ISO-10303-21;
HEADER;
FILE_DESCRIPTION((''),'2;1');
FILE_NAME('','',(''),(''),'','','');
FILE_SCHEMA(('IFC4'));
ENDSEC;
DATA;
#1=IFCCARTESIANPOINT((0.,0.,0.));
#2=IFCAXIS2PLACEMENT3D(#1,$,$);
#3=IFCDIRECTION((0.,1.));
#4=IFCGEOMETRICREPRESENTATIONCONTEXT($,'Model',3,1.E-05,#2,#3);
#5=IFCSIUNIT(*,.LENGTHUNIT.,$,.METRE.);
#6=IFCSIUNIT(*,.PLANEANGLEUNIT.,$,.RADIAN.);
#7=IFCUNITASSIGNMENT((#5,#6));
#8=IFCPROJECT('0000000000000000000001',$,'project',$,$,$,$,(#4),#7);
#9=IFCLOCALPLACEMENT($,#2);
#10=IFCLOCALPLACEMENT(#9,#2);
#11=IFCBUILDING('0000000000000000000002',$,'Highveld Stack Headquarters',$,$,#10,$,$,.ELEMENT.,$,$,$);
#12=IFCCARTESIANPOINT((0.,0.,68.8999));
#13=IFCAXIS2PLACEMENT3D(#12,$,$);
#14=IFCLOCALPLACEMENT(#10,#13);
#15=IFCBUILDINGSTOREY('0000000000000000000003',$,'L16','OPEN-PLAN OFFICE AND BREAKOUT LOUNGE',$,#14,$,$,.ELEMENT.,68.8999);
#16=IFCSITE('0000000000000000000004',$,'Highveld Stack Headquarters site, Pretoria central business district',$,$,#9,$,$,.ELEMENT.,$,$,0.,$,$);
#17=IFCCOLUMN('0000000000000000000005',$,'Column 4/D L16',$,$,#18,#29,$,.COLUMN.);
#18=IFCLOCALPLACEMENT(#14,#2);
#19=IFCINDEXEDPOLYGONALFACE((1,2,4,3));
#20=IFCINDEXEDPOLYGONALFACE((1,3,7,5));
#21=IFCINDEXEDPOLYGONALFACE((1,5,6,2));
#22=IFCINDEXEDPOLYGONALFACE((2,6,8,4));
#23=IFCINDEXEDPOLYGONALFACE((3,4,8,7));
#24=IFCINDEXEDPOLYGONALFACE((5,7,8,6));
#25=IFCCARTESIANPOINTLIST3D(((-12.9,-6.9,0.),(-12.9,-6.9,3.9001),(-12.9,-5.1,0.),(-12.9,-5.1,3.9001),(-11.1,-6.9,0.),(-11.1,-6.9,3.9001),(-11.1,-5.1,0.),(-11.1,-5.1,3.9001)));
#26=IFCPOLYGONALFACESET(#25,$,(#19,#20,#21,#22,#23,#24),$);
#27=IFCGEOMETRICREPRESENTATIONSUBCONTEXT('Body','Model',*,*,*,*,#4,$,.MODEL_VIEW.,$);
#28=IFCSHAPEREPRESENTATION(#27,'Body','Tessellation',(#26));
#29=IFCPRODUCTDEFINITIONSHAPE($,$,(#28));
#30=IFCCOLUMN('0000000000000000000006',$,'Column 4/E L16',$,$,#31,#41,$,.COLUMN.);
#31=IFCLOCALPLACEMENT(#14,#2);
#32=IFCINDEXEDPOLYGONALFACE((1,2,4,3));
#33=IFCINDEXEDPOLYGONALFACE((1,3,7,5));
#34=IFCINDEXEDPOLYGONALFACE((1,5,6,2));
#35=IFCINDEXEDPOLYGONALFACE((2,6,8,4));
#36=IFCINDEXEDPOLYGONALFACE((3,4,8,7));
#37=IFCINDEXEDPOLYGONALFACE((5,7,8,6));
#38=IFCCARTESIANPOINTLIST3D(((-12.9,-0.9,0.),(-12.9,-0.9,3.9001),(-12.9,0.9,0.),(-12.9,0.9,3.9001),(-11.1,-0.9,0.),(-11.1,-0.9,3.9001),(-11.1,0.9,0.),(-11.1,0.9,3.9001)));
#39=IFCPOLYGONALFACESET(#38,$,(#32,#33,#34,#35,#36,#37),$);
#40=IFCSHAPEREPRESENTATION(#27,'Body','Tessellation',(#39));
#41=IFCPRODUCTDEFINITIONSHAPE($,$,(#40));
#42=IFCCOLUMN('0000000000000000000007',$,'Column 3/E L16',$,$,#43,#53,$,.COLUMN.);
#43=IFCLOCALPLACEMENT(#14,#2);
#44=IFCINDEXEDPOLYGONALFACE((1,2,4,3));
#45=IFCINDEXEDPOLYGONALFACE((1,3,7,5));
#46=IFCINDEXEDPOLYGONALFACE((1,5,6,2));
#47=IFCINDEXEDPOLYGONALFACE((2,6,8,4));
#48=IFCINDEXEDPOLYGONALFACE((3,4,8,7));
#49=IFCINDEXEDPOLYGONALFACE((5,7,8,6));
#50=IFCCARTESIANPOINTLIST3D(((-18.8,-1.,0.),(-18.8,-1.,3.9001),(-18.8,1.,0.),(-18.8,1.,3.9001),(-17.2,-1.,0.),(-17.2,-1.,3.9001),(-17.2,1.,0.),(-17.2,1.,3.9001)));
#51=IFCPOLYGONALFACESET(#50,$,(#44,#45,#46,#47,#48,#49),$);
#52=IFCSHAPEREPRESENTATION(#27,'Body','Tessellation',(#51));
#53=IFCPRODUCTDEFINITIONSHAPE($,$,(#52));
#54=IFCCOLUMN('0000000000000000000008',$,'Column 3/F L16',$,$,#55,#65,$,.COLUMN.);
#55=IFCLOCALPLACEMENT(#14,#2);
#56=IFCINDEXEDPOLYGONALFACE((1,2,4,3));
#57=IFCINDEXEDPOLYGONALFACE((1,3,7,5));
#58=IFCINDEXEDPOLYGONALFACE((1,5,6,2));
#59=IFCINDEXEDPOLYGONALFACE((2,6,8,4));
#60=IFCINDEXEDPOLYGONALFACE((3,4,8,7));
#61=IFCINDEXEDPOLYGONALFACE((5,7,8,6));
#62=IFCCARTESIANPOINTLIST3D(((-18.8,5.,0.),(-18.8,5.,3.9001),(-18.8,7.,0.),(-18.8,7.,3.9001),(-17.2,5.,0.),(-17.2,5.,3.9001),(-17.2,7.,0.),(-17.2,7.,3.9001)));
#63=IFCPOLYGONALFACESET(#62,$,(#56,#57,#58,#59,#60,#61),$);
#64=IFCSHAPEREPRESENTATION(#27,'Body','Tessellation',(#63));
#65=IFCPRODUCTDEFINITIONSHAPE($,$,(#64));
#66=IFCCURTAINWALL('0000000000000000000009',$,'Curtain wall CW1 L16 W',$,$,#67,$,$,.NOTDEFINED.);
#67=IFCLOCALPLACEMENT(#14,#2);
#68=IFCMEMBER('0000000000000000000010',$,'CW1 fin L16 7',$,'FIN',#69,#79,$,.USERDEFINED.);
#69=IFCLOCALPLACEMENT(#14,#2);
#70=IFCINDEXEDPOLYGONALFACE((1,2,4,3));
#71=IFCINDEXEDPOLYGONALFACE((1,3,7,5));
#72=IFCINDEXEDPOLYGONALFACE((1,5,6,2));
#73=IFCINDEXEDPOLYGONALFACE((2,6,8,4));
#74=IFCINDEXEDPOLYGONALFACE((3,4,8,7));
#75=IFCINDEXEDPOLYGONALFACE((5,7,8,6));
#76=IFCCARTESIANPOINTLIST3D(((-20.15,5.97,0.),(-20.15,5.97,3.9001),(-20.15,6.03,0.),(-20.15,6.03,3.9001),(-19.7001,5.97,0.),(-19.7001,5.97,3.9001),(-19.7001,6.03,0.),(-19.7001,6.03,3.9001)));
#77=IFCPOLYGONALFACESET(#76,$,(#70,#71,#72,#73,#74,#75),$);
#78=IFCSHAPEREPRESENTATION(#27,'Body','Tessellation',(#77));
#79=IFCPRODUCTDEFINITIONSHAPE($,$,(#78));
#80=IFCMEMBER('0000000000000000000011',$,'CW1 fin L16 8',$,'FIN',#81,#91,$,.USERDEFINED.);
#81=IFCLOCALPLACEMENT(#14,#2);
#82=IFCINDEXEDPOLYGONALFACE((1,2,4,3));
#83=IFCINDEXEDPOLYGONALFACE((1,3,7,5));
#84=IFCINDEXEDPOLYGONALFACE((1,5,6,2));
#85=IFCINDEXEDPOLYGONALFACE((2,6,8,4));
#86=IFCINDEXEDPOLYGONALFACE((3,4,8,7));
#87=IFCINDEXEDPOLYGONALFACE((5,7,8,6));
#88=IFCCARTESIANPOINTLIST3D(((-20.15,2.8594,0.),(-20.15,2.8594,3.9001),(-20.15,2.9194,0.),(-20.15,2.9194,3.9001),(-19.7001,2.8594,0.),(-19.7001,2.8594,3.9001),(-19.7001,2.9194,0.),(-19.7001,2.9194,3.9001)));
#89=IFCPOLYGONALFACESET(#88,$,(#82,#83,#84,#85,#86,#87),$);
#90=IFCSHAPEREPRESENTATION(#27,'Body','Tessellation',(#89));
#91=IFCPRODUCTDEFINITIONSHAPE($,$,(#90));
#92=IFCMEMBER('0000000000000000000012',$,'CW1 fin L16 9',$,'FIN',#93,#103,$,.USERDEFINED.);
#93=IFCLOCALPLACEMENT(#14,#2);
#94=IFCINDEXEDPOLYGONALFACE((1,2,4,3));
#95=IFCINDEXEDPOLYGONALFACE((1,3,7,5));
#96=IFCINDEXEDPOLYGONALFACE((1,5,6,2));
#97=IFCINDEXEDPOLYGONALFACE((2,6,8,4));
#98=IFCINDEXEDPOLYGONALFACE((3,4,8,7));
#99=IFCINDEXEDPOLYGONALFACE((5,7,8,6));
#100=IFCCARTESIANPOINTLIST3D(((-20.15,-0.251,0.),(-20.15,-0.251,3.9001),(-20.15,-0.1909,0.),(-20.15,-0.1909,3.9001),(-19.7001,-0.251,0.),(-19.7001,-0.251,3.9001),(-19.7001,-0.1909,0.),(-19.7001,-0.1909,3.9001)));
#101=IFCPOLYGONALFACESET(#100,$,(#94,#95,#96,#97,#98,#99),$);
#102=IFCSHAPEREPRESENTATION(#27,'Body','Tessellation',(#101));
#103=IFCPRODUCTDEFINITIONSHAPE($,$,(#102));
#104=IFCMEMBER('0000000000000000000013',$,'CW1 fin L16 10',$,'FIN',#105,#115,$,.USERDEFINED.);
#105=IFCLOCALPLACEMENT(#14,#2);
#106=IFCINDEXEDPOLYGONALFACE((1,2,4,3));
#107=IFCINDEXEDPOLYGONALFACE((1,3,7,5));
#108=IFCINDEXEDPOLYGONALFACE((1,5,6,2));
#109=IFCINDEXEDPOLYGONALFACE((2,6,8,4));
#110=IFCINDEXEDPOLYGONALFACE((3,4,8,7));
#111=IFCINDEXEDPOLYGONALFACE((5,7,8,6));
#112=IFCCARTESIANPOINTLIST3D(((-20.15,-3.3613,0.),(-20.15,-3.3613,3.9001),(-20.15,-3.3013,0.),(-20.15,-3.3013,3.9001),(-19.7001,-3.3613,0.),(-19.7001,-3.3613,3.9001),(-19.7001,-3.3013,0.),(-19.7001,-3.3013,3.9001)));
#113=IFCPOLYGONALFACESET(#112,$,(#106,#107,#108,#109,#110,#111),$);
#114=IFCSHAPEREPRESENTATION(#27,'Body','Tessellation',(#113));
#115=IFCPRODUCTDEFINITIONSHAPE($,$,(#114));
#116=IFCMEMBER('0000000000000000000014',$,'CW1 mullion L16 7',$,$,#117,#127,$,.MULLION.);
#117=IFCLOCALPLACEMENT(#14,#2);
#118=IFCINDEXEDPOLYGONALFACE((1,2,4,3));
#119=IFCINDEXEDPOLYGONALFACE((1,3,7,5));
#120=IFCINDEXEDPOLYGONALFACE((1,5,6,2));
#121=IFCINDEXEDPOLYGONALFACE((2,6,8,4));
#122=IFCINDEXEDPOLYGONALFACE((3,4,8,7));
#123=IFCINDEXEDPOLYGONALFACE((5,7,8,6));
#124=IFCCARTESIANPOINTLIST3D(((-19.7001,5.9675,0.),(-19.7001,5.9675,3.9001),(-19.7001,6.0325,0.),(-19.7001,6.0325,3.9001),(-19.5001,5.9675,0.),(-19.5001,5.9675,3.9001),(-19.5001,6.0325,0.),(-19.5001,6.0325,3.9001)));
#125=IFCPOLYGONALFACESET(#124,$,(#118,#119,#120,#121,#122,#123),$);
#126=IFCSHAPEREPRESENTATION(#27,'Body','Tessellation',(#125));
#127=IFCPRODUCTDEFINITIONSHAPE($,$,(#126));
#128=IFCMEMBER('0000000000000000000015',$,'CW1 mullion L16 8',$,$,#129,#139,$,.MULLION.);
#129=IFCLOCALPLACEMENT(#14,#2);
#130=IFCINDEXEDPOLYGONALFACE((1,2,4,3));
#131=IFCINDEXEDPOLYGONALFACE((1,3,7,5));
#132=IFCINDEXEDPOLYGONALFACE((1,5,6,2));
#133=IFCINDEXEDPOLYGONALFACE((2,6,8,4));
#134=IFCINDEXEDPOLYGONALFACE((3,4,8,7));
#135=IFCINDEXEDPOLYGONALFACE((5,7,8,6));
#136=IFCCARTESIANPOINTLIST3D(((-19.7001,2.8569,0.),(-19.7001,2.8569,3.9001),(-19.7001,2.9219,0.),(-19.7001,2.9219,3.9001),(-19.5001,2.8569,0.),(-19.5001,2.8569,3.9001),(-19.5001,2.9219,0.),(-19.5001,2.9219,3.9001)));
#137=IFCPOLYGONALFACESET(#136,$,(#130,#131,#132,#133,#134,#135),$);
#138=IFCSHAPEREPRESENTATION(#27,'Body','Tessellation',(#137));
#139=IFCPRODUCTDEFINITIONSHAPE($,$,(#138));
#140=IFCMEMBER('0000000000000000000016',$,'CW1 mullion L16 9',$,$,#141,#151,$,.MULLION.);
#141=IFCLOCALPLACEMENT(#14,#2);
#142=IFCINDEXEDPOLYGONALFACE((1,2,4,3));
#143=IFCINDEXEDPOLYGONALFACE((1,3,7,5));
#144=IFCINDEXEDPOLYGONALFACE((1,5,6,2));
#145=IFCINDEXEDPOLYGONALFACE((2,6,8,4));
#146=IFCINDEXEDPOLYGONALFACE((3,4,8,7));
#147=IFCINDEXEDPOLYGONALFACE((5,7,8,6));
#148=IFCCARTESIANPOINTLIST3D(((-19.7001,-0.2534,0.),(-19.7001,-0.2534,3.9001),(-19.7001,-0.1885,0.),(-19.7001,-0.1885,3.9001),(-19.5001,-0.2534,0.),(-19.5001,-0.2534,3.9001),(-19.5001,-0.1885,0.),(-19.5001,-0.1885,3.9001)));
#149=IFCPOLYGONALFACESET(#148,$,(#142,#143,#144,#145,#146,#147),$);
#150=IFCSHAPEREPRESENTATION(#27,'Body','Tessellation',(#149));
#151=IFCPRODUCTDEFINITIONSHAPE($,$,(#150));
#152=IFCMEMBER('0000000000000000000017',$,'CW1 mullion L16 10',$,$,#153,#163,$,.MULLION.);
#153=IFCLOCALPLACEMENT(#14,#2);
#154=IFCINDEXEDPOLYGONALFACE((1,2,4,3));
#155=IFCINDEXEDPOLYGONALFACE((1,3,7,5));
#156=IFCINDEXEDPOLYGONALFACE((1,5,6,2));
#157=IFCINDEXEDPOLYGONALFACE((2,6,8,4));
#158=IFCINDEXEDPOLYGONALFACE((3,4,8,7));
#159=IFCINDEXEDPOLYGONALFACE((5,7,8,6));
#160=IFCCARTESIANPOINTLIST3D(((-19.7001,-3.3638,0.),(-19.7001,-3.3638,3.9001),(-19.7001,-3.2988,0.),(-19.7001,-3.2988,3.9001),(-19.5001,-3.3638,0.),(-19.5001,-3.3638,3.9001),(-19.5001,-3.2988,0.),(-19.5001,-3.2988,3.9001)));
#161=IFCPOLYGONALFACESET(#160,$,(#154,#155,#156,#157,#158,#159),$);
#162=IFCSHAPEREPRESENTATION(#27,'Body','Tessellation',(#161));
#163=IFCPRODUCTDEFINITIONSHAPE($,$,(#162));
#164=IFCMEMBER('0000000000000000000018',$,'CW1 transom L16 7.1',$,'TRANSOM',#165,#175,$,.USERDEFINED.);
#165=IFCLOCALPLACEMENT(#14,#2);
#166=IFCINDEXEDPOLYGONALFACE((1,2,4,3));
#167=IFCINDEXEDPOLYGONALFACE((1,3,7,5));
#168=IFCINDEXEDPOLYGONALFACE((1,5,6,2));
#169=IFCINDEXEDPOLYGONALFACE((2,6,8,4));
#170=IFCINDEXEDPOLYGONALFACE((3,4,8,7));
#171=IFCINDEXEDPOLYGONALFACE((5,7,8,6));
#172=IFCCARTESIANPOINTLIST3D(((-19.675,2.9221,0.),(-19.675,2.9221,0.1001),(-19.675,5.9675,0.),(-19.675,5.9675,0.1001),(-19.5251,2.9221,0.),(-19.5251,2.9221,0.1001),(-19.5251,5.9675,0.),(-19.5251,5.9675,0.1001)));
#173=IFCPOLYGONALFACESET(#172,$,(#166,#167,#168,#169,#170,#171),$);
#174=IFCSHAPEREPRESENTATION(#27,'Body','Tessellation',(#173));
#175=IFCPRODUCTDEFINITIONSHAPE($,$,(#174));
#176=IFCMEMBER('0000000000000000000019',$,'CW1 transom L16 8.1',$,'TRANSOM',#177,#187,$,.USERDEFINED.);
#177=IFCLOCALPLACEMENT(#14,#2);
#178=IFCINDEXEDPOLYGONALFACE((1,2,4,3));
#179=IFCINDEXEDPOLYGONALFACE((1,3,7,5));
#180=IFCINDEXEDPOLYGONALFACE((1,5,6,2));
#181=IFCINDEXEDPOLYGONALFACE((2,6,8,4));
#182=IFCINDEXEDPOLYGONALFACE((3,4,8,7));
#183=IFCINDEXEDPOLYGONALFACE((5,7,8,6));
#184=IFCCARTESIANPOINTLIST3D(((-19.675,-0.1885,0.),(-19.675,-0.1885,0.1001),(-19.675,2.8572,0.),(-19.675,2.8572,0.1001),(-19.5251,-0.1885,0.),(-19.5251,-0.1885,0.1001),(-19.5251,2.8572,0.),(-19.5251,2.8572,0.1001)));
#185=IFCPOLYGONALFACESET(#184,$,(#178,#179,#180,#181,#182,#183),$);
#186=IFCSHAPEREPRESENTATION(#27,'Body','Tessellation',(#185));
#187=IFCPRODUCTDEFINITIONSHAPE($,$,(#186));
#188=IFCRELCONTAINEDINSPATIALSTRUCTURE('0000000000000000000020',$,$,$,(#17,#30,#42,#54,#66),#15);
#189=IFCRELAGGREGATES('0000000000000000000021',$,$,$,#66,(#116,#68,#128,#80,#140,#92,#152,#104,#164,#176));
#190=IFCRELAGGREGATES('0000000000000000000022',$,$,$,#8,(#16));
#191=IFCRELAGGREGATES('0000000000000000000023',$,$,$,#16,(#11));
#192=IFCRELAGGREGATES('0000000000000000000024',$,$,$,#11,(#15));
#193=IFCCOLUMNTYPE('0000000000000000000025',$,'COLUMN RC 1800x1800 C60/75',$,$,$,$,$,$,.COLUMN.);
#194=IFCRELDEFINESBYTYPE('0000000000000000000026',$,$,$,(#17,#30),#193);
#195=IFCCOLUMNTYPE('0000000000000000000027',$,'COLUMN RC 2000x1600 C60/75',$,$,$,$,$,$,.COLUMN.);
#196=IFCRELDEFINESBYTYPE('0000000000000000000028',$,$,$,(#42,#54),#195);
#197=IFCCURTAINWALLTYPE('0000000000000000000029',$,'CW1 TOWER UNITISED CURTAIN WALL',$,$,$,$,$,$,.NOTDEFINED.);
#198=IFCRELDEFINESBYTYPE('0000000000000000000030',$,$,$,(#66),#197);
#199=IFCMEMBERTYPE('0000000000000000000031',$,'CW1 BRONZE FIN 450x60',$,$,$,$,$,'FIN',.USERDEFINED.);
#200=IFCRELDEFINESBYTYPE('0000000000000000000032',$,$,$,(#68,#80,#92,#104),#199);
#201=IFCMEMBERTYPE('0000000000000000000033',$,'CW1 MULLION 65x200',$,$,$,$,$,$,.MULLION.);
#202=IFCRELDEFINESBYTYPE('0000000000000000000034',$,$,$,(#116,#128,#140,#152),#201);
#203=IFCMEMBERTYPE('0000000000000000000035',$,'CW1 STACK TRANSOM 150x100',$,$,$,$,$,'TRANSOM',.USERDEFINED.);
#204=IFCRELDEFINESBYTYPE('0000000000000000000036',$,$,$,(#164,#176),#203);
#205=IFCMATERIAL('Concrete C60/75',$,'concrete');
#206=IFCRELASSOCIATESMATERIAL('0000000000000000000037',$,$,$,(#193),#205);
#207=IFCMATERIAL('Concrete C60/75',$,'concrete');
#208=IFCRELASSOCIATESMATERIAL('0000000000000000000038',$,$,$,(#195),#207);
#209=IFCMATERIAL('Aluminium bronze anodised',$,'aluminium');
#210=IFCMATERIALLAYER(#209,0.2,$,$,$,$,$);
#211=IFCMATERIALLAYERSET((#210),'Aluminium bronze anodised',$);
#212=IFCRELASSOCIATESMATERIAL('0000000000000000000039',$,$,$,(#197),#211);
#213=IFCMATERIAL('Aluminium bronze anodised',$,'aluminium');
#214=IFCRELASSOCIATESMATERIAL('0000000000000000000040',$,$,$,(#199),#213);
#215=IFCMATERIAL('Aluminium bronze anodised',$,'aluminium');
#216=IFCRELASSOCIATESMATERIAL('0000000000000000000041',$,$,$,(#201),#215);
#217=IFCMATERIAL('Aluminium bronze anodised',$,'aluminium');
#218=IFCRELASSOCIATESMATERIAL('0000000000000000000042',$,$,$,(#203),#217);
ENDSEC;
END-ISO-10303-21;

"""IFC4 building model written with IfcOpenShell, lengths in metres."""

from ifc_helpers import new_model, si_unit, direction, frame, origin, origin_2d, place, context, subcontext, project, spatial, rectangle, extrude, material, layer, layer_set, material_profile, profile_set, type_object, element, aggregate, save


model = new_model("IFC4")

# Units and contexts
model_context = context("Model", 3, precision=1e-05, world=origin(), true_north=direction((0.0, 1.0)))
body_context = subcontext(model_context, "Body", "Model", "MODEL_VIEW")
ifc_project = project(units=[si_unit("LENGTHUNIT", "METRE"), si_unit("PLANEANGLEUNIT", "RADIAN")], contexts=[model_context])

# Site, building, storey
site_placement = place(None, origin())
site = spatial("IfcSite", under=ifc_project, at=site_placement, Name="Highveld Stack Headquarters site, Pretoria central business district", CompositionType="ELEMENT", RefElevation=0.0)
building_placement = place(site_placement, origin())
building = spatial("IfcBuilding", under=site, at=building_placement, Name="Highveld Stack Headquarters", CompositionType="ELEMENT")
storey_placement = place(building_placement, frame((0.0, 0.0, 68.8999)))
storey = spatial("IfcBuildingStorey", under=building, at=storey_placement, Name="L16", Description="OPEN-PLAN OFFICE AND BREAKOUT LOUNGE", CompositionType="ELEMENT", Elevation=68.8999)

# Columns
ifc_material_1 = material(Name="Concrete C60/75", Category="concrete")
ifc_material_profile_1 = material_profile(ifc_material_1, rectangle(XDim=1.8, YDim=1.8, at=origin_2d()), Name="RC 1800x1800")
ifc_profile_set_1 = profile_set([ifc_material_profile_1], Name="Concrete C60/75")
column_type_1 = type_object("IfcColumnType", Name="COLUMN RC 1800x1800 C60/75", PredefinedType="COLUMN", material=ifc_profile_set_1)
for number, where, z_axis, x_axis, name in (
    (1, (-12.0, -6.0, 0.0), (0.0, 0.0, 1.0), (1.0, 0.0, 0.0), "Column 4/D L16"),
    (2, (-12.0, 0.0, 0.0), (0.0, 0.0, 1.0), (1.0, 0.0, 0.0), "Column 4/E L16"),
):
    element("IfcColumn", number, at=place(storey_placement, frame(where, z_axis=z_axis, x_axis=x_axis)), inside=storey, type_object=column_type_1, Name=name, PredefinedType="COLUMN", context=body_context, shape_type="SweptSolid", body=[
        extrude(rectangle(XDim=1.8, YDim=1.8, at=origin_2d()), origin(), (0.0, 0.0, 1.0), 3.9001),
    ])
ifc_material_2 = material(Name="Concrete C60/75", Category="concrete")
ifc_material_profile_2 = material_profile(ifc_material_2, rectangle(XDim=2.0, YDim=1.6001, at=origin_2d()), Name="RC 2000x1600")
ifc_profile_set_2 = profile_set([ifc_material_profile_2], Name="Concrete C60/75")
column_type_2 = type_object("IfcColumnType", Name="COLUMN RC 2000x1600 C60/75", PredefinedType="COLUMN", material=ifc_profile_set_2)
for number, where, z_axis, x_axis, name in (
    (3, (-18.0, 0.0, 0.0), (0.0, 0.0, 1.0), (0.0, 1.0, 0.0), "Column 3/E L16"),
    (4, (-18.0, 6.0, 0.0), (0.0, 0.0, 1.0), (0.0, 1.0, 0.0), "Column 3/F L16"),
):
    element("IfcColumn", number, at=place(storey_placement, frame(where, z_axis=z_axis, x_axis=x_axis)), inside=storey, type_object=column_type_2, Name=name, PredefinedType="COLUMN", context=body_context, shape_type="SweptSolid", body=[
        extrude(rectangle(XDim=2.0, YDim=1.6001, at=origin_2d()), origin(), (0.0, 0.0, 1.0), 3.9001),
    ])

# Curtain wall, members
ifc_material_3 = material(Name="Aluminium bronze anodised", Category="aluminium")
ifc_layer_1 = layer(ifc_material_3, 0.2)
ifc_layer_set_1 = layer_set([ifc_layer_1], Name="Aluminium bronze anodised")
curtain_wall_type = type_object("IfcCurtainWallType", Name="CW1 TOWER UNITISED CURTAIN WALL", PredefinedType="NOTDEFINED", material=ifc_layer_set_1)
curtain_wall_placement = place(storey_placement, origin())
curtain_wall = element("IfcCurtainWall", 5, at=curtain_wall_placement, inside=storey, type_object=curtain_wall_type, Name="Curtain wall CW1 L16 W", PredefinedType="NOTDEFINED")
ifc_material_4 = material(Name="Aluminium bronze anodised", Category="aluminium")
ifc_material_profile_3 = material_profile(ifc_material_4, rectangle(XDim=0.45, YDim=0.0601, at=origin_2d()), Name="FIN 450x60")
ifc_profile_set_3 = profile_set([ifc_material_profile_3], Name="Aluminium bronze anodised")
member_type_1 = type_object("IfcMemberType", Name="CW1 BRONZE FIN 450x60", ElementType="FIN", PredefinedType="USERDEFINED", material=ifc_profile_set_3)
member_1_placement = place(storey_placement, frame((-19.925, 6.0, 0.0), z_axis=(0.0, 0.0, 1.0), x_axis=(1.0, 0.0, 0.0)))
member_1 = element("IfcMember", 6, at=member_1_placement, type_object=member_type_1, Name="CW1 fin L16 7", ObjectType="FIN", PredefinedType="USERDEFINED", context=body_context, shape_type="SweptSolid", body=[
    extrude(rectangle(XDim=0.45, YDim=0.0601, at=origin_2d()), origin(), (0.0, 0.0, 1.0), 3.9001),
])
member_2_placement = place(storey_placement, frame((-19.925, 2.8894, 0.0), z_axis=(0.0, 0.0, 1.0), x_axis=(1.0, 0.0, 0.0)))
member_2 = element("IfcMember", 7, at=member_2_placement, type_object=member_type_1, Name="CW1 fin L16 8", ObjectType="FIN", PredefinedType="USERDEFINED", context=body_context, shape_type="SweptSolid", body=[
    extrude(rectangle(XDim=0.45, YDim=0.0601, at=origin_2d()), origin(), (0.0, 0.0, 1.0), 3.9001),
])
member_3_placement = place(storey_placement, frame((-19.925, -0.2209, 0.0), z_axis=(0.0, 0.0, 1.0), x_axis=(1.0, 0.0, 0.0)))
member_3 = element("IfcMember", 8, at=member_3_placement, type_object=member_type_1, Name="CW1 fin L16 9", ObjectType="FIN", PredefinedType="USERDEFINED", context=body_context, shape_type="SweptSolid", body=[
    extrude(rectangle(XDim=0.45, YDim=0.0601, at=origin_2d()), origin(), (0.0, 0.0, 1.0), 3.9001),
])
member_4_placement = place(storey_placement, frame((-19.925, -3.3313, 0.0), z_axis=(0.0, 0.0, 1.0), x_axis=(1.0, 0.0, 0.0)))
member_4 = element("IfcMember", 9, at=member_4_placement, type_object=member_type_1, Name="CW1 fin L16 10", ObjectType="FIN", PredefinedType="USERDEFINED", context=body_context, shape_type="SweptSolid", body=[
    extrude(rectangle(XDim=0.45, YDim=0.0601, at=origin_2d()), origin(), (0.0, 0.0, 1.0), 3.9001),
])
ifc_material_5 = material(Name="Aluminium bronze anodised", Category="aluminium")
ifc_material_profile_4 = material_profile(ifc_material_5, rectangle(XDim=0.2, YDim=0.0649, at=origin_2d()), Name="CW1 MULLION 65x200")
ifc_profile_set_4 = profile_set([ifc_material_profile_4], Name="Aluminium bronze anodised")
member_type_2 = type_object("IfcMemberType", Name="CW1 MULLION 65x200", PredefinedType="MULLION", material=ifc_profile_set_4)
member_5_placement = place(storey_placement, frame((-19.6001, 6.0, 0.0), z_axis=(0.0, 0.0, 1.0), x_axis=(1.0, 0.0, 0.0)))
member_5 = element("IfcMember", 10, at=member_5_placement, type_object=member_type_2, Name="CW1 mullion L16 7", PredefinedType="MULLION", context=body_context, shape_type="SweptSolid", body=[
    extrude(rectangle(XDim=0.2, YDim=0.0649, at=origin_2d()), origin(), (0.0, 0.0, 1.0), 3.9001),
])
member_6_placement = place(storey_placement, frame((-19.6001, 2.8894, 0.0), z_axis=(0.0, 0.0, 1.0), x_axis=(1.0, 0.0, 0.0)))
member_6 = element("IfcMember", 11, at=member_6_placement, type_object=member_type_2, Name="CW1 mullion L16 8", PredefinedType="MULLION", context=body_context, shape_type="SweptSolid", body=[
    extrude(rectangle(XDim=0.2, YDim=0.0649, at=origin_2d()), origin(), (0.0, 0.0, 1.0), 3.9001),
])
member_7_placement = place(storey_placement, frame((-19.6001, -0.2209, 0.0), z_axis=(0.0, 0.0, 1.0), x_axis=(1.0, 0.0, 0.0)))
member_7 = element("IfcMember", 12, at=member_7_placement, type_object=member_type_2, Name="CW1 mullion L16 9", PredefinedType="MULLION", context=body_context, shape_type="SweptSolid", body=[
    extrude(rectangle(XDim=0.2, YDim=0.0649, at=origin_2d()), origin(), (0.0, 0.0, 1.0), 3.9001),
])
member_8_placement = place(storey_placement, frame((-19.6001, -3.3313, 0.0), z_axis=(0.0, 0.0, 1.0), x_axis=(1.0, 0.0, 0.0)))
member_8 = element("IfcMember", 13, at=member_8_placement, type_object=member_type_2, Name="CW1 mullion L16 10", PredefinedType="MULLION", context=body_context, shape_type="SweptSolid", body=[
    extrude(rectangle(XDim=0.2, YDim=0.0649, at=origin_2d()), origin(), (0.0, 0.0, 1.0), 3.9001),
])
ifc_material_6 = material(Name="Aluminium bronze anodised", Category="aluminium")
ifc_material_profile_5 = material_profile(ifc_material_6, rectangle(XDim=0.1499, YDim=0.1001, at=origin_2d()), Name="CW1 TRANSOM 150x100")
ifc_profile_set_5 = profile_set([ifc_material_profile_5], Name="Aluminium bronze anodised")
member_type_3 = type_object("IfcMemberType", Name="CW1 STACK TRANSOM 150x100", ElementType="TRANSOM", PredefinedType="USERDEFINED", material=ifc_profile_set_5)
member_9_placement = place(storey_placement, frame((-19.6001, 5.9675, 0.05), z_axis=(0.0, -1.0, 0.0), x_axis=(1.0, 0.0, 0.0)))
member_9 = element("IfcMember", 14, at=member_9_placement, type_object=member_type_3, Name="CW1 transom L16 7.1", ObjectType="TRANSOM", PredefinedType="USERDEFINED", context=body_context, shape_type="SweptSolid", body=[
    extrude(rectangle(XDim=0.1499, YDim=0.1001, at=origin_2d()), origin(), (0.0, 0.0, 1.0), 3.0454),
])
member_10_placement = place(storey_placement, frame((-19.6001, 2.8572, 0.05), z_axis=(0.0, -1.0, 0.0), x_axis=(1.0, 0.0, 0.0)))
member_10 = element("IfcMember", 15, at=member_10_placement, type_object=member_type_3, Name="CW1 transom L16 8.1", ObjectType="TRANSOM", PredefinedType="USERDEFINED", context=body_context, shape_type="SweptSolid", body=[
    extrude(rectangle(XDim=0.1499, YDim=0.1001, at=origin_2d()), origin(), (0.0, 0.0, 1.0), 3.0457),
])
aggregate(curtain_wall, [member_5, member_1, member_6, member_2, member_7, member_3, member_8, member_4, member_9, member_10])

save(model, "model.ifc")
